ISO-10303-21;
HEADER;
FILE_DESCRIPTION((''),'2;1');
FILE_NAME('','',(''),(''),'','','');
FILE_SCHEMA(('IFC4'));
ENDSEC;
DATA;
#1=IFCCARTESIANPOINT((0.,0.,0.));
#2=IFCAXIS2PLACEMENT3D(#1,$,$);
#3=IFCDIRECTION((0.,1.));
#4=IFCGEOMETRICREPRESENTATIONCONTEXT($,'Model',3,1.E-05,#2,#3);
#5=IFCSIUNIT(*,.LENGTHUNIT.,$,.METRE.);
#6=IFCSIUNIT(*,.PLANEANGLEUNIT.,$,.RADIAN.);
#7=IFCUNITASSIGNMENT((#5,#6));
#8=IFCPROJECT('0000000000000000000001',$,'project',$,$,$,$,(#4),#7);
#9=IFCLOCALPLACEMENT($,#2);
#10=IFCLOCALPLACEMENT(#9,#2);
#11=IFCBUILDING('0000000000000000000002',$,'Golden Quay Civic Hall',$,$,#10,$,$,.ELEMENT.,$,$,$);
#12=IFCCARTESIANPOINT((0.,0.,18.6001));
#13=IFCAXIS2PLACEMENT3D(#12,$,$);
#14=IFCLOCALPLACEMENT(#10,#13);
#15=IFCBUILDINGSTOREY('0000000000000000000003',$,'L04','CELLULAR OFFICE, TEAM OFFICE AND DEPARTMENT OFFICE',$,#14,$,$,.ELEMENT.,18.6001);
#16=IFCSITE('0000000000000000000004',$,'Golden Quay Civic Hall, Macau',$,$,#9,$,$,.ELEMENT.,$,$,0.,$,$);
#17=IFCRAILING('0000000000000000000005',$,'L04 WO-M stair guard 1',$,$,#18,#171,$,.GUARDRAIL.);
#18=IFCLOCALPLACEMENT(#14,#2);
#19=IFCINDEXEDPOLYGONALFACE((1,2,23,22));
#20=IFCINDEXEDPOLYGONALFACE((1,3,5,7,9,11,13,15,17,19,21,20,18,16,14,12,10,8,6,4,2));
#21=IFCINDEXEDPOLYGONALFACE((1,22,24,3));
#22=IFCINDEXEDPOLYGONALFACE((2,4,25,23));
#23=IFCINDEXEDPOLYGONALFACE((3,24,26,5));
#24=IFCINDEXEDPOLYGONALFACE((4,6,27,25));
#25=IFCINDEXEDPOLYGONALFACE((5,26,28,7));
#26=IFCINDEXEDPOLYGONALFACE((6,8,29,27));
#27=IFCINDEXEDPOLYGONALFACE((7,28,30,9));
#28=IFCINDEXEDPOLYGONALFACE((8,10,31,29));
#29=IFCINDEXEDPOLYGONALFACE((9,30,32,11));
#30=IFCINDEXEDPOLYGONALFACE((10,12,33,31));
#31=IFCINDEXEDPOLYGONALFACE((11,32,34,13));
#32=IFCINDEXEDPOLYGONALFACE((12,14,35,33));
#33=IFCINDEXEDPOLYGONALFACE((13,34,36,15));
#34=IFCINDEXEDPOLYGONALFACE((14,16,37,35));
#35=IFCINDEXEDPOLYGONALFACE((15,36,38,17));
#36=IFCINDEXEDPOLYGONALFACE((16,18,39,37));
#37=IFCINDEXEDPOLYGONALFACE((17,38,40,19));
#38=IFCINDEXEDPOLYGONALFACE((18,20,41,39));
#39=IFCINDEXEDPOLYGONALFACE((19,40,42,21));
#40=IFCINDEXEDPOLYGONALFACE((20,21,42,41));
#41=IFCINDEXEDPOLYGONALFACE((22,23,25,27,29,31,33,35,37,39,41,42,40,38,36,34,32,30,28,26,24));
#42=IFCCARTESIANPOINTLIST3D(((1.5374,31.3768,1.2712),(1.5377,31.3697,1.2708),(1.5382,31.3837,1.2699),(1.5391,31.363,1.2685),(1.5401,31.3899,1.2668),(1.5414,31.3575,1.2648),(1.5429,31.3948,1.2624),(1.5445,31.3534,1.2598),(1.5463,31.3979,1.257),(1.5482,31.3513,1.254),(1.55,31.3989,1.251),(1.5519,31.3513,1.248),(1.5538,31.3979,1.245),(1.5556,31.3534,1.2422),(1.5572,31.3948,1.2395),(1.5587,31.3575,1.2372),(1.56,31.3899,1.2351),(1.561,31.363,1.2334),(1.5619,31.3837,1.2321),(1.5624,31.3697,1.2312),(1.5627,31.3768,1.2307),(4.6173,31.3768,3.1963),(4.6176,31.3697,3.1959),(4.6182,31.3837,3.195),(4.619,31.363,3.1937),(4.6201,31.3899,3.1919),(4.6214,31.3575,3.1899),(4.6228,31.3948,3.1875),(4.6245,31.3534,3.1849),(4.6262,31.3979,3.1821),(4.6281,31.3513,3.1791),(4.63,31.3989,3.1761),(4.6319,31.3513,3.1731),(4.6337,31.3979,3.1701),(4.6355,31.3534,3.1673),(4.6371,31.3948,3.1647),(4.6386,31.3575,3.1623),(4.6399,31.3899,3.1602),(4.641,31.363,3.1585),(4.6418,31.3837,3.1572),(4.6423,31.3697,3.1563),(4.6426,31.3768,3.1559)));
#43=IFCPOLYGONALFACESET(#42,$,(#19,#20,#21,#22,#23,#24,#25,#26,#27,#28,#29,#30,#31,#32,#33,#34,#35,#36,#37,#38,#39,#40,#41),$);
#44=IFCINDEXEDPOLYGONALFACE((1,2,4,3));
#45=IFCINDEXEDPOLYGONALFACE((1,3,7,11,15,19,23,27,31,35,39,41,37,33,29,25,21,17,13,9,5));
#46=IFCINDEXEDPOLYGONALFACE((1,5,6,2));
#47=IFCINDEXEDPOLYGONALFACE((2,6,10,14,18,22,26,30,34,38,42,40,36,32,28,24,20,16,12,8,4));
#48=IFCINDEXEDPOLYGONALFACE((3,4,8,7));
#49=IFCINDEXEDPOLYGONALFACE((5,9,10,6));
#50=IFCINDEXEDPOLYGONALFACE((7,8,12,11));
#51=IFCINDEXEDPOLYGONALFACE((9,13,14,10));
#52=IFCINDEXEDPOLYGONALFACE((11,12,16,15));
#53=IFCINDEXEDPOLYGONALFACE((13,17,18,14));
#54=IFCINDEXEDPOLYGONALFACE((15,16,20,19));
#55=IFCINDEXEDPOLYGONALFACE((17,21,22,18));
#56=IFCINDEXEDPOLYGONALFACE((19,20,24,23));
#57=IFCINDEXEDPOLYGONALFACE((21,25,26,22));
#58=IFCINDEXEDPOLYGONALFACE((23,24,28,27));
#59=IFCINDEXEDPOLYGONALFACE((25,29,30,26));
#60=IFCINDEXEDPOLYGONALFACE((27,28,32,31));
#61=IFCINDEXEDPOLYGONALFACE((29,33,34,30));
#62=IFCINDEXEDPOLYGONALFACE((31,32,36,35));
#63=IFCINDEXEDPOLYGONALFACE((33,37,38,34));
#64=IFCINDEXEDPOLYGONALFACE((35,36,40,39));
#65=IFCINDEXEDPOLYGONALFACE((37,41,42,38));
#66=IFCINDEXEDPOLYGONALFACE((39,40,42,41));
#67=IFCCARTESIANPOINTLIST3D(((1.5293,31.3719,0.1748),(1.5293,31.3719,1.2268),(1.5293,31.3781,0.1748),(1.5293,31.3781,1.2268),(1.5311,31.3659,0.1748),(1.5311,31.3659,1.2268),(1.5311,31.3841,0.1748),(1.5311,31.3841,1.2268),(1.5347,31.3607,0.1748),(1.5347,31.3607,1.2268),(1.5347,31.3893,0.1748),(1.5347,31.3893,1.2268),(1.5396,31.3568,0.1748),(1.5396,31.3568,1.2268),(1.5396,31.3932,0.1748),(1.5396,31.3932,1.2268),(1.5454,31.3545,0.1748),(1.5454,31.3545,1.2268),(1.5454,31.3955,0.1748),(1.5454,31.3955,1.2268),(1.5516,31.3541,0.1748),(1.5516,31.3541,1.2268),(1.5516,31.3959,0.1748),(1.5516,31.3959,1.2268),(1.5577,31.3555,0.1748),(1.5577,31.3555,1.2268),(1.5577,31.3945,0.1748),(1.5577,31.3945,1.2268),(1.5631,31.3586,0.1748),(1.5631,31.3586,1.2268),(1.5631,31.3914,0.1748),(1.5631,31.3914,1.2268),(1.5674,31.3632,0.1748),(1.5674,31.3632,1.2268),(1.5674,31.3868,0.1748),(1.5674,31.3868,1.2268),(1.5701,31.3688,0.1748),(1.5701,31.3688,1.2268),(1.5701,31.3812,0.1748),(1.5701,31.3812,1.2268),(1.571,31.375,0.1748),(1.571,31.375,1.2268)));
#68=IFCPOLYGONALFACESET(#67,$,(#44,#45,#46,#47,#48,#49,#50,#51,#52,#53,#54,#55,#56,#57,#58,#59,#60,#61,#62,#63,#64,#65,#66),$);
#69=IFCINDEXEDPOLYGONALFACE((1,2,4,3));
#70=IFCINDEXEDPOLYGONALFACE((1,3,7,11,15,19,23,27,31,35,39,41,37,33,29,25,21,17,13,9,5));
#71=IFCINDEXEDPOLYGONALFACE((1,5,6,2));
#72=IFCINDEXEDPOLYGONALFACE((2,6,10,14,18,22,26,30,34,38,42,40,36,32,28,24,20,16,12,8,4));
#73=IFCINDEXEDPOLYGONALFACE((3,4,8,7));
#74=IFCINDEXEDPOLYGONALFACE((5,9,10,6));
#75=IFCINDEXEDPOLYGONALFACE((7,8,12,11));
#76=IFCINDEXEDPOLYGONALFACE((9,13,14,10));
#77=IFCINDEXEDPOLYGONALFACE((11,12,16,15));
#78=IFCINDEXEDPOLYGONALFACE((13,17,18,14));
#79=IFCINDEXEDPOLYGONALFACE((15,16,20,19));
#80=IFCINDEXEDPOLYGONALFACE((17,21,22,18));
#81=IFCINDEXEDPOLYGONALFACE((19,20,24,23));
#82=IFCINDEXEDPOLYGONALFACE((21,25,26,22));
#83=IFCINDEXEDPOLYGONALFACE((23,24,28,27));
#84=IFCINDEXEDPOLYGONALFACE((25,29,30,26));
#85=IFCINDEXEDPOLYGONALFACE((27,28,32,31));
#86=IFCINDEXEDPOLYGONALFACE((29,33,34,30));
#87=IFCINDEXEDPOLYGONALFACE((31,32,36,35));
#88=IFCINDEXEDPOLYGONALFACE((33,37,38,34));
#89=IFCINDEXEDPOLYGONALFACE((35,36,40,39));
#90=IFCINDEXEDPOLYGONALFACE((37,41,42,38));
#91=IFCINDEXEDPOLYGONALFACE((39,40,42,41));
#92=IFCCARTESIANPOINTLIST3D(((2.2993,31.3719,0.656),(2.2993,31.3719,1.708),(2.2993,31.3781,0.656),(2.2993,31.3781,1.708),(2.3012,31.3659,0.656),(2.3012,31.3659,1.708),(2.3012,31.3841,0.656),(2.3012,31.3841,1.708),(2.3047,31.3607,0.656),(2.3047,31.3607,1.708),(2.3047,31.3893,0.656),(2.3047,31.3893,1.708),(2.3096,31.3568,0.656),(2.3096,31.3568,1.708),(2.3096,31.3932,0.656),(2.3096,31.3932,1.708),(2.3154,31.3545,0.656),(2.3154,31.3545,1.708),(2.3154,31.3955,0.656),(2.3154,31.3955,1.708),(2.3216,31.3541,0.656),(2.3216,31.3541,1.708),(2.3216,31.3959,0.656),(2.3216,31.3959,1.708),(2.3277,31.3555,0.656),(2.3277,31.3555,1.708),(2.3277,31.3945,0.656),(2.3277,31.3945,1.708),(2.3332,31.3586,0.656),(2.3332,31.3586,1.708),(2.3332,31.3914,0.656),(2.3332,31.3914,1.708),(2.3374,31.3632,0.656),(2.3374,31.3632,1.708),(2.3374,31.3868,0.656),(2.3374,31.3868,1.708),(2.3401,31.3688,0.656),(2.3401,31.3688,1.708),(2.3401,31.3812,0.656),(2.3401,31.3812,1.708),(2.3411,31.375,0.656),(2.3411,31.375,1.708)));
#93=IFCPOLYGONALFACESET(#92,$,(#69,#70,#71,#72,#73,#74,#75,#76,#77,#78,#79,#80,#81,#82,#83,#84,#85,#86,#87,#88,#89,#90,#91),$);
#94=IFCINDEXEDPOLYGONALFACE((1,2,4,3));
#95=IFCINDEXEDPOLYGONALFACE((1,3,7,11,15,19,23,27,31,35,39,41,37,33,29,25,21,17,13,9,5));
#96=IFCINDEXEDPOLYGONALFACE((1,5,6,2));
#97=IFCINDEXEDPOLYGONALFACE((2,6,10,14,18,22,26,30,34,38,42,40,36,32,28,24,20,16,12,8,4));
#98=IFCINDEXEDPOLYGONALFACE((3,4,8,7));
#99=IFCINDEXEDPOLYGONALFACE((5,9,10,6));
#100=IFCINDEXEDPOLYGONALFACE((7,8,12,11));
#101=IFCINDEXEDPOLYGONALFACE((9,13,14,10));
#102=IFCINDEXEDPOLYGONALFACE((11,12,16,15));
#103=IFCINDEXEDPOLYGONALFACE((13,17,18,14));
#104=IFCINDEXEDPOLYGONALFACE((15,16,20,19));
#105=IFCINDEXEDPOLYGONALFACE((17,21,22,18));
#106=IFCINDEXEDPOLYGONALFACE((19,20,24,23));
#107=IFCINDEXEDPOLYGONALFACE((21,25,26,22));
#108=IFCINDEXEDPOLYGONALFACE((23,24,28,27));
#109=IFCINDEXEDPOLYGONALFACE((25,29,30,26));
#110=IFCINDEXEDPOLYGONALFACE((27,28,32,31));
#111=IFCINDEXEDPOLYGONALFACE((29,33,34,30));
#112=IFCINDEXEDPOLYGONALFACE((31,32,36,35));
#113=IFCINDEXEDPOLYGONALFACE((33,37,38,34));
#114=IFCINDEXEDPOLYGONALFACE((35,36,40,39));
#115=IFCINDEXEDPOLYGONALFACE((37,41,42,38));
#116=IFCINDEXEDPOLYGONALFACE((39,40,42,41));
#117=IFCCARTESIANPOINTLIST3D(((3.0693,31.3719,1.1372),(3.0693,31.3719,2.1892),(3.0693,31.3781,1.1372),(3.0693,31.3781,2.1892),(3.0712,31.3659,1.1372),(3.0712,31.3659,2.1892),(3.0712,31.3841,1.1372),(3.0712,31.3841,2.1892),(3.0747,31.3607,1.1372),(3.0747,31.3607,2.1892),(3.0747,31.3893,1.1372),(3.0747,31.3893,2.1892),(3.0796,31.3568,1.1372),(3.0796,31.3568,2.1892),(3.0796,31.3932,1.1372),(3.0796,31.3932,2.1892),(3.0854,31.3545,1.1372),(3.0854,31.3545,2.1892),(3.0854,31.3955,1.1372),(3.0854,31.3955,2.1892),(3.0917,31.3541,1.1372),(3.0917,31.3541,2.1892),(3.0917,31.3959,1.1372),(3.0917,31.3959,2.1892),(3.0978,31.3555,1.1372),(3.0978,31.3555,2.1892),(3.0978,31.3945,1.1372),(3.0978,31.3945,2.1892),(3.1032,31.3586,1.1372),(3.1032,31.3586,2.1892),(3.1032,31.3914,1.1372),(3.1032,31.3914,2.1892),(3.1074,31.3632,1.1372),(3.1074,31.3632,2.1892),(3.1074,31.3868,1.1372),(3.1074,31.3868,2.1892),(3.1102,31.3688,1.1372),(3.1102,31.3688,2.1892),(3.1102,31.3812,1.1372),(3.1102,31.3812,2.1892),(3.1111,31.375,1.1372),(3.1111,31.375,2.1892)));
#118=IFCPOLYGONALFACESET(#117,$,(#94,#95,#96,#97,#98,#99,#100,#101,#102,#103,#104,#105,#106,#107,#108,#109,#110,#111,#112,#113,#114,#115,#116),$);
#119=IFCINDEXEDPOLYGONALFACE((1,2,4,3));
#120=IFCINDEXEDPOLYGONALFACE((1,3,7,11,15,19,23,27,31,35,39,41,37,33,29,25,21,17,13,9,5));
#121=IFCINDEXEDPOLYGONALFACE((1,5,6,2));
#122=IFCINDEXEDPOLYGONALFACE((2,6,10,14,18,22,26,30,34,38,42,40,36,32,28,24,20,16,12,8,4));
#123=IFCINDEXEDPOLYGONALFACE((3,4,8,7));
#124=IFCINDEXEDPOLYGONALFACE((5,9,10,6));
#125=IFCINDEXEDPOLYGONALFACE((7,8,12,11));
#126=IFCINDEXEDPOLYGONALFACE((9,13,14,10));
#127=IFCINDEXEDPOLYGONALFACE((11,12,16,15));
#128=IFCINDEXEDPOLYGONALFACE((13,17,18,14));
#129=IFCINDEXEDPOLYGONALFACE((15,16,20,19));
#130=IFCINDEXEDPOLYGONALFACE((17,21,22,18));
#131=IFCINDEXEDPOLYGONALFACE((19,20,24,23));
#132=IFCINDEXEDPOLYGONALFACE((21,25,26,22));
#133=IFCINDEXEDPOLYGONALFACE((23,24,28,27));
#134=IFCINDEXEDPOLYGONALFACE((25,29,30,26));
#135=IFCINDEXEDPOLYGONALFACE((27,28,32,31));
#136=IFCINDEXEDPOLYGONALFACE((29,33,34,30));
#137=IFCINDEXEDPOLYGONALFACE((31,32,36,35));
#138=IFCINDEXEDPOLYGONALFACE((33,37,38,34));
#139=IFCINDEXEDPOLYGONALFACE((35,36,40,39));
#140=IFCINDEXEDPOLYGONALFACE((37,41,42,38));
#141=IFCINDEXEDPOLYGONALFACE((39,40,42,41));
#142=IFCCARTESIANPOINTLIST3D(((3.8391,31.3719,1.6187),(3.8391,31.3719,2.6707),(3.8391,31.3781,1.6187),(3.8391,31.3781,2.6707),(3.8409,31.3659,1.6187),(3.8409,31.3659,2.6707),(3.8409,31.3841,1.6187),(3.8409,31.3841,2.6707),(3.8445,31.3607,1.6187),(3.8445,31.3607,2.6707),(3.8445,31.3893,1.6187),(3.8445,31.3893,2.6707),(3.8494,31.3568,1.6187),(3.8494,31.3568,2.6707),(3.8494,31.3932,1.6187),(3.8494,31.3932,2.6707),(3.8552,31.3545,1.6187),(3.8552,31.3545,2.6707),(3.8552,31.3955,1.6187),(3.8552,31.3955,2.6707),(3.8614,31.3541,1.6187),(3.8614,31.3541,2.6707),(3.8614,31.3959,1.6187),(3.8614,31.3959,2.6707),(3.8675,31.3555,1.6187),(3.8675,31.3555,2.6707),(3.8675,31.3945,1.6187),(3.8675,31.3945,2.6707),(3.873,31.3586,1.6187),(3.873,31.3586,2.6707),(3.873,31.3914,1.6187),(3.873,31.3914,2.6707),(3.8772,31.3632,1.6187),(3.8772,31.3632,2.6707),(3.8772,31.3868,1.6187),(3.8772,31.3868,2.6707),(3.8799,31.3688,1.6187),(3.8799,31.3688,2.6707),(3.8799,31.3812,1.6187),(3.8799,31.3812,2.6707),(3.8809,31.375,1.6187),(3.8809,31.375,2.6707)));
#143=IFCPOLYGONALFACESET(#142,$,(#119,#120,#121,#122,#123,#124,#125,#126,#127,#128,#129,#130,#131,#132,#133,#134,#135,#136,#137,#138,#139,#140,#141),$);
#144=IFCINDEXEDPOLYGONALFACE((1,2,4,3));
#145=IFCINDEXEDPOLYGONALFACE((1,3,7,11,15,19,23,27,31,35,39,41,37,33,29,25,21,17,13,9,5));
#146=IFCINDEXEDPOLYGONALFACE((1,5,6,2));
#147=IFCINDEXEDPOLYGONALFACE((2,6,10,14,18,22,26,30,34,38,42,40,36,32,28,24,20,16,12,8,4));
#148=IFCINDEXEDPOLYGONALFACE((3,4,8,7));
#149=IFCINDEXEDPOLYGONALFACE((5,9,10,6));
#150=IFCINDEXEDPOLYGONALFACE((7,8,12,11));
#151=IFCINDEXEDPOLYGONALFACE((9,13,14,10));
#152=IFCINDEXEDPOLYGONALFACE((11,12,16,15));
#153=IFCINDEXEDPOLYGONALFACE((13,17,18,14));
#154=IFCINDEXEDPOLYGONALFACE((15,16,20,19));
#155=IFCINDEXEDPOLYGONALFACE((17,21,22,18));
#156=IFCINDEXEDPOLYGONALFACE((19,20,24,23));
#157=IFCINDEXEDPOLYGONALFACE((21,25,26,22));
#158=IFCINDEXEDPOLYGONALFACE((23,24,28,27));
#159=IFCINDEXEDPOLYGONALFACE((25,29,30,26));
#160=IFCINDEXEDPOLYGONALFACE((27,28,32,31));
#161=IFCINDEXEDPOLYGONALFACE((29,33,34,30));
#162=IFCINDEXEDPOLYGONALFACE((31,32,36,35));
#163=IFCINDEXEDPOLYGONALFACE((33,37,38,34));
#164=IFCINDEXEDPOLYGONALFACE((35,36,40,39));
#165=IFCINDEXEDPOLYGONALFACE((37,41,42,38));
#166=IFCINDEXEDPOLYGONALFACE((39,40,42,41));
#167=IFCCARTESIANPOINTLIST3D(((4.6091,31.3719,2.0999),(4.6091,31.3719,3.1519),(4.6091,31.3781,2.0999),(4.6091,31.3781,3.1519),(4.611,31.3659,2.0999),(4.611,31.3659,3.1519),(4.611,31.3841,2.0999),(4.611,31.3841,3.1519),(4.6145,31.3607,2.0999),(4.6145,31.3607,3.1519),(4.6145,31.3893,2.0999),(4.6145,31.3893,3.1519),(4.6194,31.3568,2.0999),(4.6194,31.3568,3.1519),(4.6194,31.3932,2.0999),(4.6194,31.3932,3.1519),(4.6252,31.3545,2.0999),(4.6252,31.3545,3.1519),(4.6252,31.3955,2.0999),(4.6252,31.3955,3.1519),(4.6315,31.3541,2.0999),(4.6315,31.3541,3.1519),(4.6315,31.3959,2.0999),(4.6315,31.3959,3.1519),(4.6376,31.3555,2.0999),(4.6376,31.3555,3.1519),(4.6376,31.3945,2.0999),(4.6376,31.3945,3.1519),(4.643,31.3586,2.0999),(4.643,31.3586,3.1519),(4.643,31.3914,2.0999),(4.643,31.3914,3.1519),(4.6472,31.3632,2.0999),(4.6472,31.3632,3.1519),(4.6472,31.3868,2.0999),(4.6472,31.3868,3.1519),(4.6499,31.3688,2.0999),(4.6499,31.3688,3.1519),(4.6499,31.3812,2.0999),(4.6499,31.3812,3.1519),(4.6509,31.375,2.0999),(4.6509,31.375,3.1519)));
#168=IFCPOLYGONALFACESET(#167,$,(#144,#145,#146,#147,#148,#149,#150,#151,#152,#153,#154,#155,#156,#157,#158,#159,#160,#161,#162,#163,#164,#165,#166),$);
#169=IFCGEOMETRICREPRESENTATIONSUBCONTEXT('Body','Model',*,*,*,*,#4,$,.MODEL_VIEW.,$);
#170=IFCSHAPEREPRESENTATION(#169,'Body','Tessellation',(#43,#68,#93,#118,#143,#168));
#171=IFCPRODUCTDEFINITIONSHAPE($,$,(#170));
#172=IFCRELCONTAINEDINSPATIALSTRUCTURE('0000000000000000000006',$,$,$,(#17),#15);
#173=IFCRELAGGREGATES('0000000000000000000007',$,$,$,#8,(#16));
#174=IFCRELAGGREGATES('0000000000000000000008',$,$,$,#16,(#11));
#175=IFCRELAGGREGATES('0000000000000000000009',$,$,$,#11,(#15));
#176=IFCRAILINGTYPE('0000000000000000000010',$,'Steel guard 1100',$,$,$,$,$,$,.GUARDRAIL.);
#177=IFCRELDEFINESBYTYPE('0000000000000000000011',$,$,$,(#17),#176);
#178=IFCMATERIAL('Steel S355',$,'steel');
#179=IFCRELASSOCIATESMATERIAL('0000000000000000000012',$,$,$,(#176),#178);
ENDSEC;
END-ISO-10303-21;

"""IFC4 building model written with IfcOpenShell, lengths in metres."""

from ifc_helpers import new_model, si_unit, direction, frame, origin, origin_2d, place, context, subcontext, project, spatial, circle, extrude, material, type_object, element, save


model = new_model("IFC4")

# Units and contexts
model_context = context("Model", 3, precision=1e-05, world=origin(), true_north=direction((0.0, 1.0)))
body_context = subcontext(model_context, "Body", "Model", "MODEL_VIEW")
ifc_project = project(units=[si_unit("LENGTHUNIT", "METRE"), si_unit("PLANEANGLEUNIT", "RADIAN")], contexts=[model_context])

# Site, building, storey
site_placement = place(None, origin())
site = spatial("IfcSite", under=ifc_project, at=site_placement, Name="Golden Quay Civic Hall, Macau", CompositionType="ELEMENT", RefElevation=0.0)
building_placement = place(site_placement, origin())
building = spatial("IfcBuilding", under=site, at=building_placement, Name="Golden Quay Civic Hall", CompositionType="ELEMENT")
storey_placement = place(building_placement, frame((0.0, 0.0, 18.6001)))
storey = spatial("IfcBuildingStorey", under=building, at=storey_placement, Name="L04", Description="CELLULAR OFFICE, TEAM OFFICE AND DEPARTMENT OFFICE", CompositionType="ELEMENT", Elevation=18.6001)

# Railing
ifc_material_1 = material(Name="Steel S355", Category="steel")
railing_type_1 = type_object("IfcRailingType", Name="Steel guard 1100", PredefinedType="GUARDRAIL", material=ifc_material_1)
railing_1_placement = place(storey_placement, frame((1.55, 31.375, 0.1748)))
element("IfcRailing", 1, at=railing_1_placement, inside=storey, type_object=railing_type_1, Name="L04 WO-M stair guard 1", PredefinedType="GUARDRAIL", context=body_context, shape_type="SweptSolid", body=[
    extrude(circle(Radius=0.0239, at=origin_2d()), frame((0.0, 0.0, 1.0762), z_axis=(0.847979, 0.0, 0.530029), x_axis=(0.0, 1.0, 0.0)), (0.0, 0.0, 1.0), 3.6321),
    extrude(circle(Radius=0.021, at=origin_2d()), origin(), (0.0, 0.0, 1.0), 1.052),
    extrude(circle(Radius=0.021, at=origin_2d()), frame((0.77, 0.0, 0.4812)), (0.0, 0.0, 1.0), 1.052),
    extrude(circle(Radius=0.021, at=origin_2d()), frame((1.54, 0.0, 0.9624)), (0.0, 0.0, 1.0), 1.052),
    extrude(circle(Radius=0.021, at=origin_2d()), frame((2.3098, 0.0, 1.4438)), (0.0, 0.0, 1.0), 1.052),
    extrude(circle(Radius=0.021, at=origin_2d()), frame((3.0798, 0.0, 1.925)), (0.0, 0.0, 1.0), 1.052),
])

save(model, "model.ifc")
